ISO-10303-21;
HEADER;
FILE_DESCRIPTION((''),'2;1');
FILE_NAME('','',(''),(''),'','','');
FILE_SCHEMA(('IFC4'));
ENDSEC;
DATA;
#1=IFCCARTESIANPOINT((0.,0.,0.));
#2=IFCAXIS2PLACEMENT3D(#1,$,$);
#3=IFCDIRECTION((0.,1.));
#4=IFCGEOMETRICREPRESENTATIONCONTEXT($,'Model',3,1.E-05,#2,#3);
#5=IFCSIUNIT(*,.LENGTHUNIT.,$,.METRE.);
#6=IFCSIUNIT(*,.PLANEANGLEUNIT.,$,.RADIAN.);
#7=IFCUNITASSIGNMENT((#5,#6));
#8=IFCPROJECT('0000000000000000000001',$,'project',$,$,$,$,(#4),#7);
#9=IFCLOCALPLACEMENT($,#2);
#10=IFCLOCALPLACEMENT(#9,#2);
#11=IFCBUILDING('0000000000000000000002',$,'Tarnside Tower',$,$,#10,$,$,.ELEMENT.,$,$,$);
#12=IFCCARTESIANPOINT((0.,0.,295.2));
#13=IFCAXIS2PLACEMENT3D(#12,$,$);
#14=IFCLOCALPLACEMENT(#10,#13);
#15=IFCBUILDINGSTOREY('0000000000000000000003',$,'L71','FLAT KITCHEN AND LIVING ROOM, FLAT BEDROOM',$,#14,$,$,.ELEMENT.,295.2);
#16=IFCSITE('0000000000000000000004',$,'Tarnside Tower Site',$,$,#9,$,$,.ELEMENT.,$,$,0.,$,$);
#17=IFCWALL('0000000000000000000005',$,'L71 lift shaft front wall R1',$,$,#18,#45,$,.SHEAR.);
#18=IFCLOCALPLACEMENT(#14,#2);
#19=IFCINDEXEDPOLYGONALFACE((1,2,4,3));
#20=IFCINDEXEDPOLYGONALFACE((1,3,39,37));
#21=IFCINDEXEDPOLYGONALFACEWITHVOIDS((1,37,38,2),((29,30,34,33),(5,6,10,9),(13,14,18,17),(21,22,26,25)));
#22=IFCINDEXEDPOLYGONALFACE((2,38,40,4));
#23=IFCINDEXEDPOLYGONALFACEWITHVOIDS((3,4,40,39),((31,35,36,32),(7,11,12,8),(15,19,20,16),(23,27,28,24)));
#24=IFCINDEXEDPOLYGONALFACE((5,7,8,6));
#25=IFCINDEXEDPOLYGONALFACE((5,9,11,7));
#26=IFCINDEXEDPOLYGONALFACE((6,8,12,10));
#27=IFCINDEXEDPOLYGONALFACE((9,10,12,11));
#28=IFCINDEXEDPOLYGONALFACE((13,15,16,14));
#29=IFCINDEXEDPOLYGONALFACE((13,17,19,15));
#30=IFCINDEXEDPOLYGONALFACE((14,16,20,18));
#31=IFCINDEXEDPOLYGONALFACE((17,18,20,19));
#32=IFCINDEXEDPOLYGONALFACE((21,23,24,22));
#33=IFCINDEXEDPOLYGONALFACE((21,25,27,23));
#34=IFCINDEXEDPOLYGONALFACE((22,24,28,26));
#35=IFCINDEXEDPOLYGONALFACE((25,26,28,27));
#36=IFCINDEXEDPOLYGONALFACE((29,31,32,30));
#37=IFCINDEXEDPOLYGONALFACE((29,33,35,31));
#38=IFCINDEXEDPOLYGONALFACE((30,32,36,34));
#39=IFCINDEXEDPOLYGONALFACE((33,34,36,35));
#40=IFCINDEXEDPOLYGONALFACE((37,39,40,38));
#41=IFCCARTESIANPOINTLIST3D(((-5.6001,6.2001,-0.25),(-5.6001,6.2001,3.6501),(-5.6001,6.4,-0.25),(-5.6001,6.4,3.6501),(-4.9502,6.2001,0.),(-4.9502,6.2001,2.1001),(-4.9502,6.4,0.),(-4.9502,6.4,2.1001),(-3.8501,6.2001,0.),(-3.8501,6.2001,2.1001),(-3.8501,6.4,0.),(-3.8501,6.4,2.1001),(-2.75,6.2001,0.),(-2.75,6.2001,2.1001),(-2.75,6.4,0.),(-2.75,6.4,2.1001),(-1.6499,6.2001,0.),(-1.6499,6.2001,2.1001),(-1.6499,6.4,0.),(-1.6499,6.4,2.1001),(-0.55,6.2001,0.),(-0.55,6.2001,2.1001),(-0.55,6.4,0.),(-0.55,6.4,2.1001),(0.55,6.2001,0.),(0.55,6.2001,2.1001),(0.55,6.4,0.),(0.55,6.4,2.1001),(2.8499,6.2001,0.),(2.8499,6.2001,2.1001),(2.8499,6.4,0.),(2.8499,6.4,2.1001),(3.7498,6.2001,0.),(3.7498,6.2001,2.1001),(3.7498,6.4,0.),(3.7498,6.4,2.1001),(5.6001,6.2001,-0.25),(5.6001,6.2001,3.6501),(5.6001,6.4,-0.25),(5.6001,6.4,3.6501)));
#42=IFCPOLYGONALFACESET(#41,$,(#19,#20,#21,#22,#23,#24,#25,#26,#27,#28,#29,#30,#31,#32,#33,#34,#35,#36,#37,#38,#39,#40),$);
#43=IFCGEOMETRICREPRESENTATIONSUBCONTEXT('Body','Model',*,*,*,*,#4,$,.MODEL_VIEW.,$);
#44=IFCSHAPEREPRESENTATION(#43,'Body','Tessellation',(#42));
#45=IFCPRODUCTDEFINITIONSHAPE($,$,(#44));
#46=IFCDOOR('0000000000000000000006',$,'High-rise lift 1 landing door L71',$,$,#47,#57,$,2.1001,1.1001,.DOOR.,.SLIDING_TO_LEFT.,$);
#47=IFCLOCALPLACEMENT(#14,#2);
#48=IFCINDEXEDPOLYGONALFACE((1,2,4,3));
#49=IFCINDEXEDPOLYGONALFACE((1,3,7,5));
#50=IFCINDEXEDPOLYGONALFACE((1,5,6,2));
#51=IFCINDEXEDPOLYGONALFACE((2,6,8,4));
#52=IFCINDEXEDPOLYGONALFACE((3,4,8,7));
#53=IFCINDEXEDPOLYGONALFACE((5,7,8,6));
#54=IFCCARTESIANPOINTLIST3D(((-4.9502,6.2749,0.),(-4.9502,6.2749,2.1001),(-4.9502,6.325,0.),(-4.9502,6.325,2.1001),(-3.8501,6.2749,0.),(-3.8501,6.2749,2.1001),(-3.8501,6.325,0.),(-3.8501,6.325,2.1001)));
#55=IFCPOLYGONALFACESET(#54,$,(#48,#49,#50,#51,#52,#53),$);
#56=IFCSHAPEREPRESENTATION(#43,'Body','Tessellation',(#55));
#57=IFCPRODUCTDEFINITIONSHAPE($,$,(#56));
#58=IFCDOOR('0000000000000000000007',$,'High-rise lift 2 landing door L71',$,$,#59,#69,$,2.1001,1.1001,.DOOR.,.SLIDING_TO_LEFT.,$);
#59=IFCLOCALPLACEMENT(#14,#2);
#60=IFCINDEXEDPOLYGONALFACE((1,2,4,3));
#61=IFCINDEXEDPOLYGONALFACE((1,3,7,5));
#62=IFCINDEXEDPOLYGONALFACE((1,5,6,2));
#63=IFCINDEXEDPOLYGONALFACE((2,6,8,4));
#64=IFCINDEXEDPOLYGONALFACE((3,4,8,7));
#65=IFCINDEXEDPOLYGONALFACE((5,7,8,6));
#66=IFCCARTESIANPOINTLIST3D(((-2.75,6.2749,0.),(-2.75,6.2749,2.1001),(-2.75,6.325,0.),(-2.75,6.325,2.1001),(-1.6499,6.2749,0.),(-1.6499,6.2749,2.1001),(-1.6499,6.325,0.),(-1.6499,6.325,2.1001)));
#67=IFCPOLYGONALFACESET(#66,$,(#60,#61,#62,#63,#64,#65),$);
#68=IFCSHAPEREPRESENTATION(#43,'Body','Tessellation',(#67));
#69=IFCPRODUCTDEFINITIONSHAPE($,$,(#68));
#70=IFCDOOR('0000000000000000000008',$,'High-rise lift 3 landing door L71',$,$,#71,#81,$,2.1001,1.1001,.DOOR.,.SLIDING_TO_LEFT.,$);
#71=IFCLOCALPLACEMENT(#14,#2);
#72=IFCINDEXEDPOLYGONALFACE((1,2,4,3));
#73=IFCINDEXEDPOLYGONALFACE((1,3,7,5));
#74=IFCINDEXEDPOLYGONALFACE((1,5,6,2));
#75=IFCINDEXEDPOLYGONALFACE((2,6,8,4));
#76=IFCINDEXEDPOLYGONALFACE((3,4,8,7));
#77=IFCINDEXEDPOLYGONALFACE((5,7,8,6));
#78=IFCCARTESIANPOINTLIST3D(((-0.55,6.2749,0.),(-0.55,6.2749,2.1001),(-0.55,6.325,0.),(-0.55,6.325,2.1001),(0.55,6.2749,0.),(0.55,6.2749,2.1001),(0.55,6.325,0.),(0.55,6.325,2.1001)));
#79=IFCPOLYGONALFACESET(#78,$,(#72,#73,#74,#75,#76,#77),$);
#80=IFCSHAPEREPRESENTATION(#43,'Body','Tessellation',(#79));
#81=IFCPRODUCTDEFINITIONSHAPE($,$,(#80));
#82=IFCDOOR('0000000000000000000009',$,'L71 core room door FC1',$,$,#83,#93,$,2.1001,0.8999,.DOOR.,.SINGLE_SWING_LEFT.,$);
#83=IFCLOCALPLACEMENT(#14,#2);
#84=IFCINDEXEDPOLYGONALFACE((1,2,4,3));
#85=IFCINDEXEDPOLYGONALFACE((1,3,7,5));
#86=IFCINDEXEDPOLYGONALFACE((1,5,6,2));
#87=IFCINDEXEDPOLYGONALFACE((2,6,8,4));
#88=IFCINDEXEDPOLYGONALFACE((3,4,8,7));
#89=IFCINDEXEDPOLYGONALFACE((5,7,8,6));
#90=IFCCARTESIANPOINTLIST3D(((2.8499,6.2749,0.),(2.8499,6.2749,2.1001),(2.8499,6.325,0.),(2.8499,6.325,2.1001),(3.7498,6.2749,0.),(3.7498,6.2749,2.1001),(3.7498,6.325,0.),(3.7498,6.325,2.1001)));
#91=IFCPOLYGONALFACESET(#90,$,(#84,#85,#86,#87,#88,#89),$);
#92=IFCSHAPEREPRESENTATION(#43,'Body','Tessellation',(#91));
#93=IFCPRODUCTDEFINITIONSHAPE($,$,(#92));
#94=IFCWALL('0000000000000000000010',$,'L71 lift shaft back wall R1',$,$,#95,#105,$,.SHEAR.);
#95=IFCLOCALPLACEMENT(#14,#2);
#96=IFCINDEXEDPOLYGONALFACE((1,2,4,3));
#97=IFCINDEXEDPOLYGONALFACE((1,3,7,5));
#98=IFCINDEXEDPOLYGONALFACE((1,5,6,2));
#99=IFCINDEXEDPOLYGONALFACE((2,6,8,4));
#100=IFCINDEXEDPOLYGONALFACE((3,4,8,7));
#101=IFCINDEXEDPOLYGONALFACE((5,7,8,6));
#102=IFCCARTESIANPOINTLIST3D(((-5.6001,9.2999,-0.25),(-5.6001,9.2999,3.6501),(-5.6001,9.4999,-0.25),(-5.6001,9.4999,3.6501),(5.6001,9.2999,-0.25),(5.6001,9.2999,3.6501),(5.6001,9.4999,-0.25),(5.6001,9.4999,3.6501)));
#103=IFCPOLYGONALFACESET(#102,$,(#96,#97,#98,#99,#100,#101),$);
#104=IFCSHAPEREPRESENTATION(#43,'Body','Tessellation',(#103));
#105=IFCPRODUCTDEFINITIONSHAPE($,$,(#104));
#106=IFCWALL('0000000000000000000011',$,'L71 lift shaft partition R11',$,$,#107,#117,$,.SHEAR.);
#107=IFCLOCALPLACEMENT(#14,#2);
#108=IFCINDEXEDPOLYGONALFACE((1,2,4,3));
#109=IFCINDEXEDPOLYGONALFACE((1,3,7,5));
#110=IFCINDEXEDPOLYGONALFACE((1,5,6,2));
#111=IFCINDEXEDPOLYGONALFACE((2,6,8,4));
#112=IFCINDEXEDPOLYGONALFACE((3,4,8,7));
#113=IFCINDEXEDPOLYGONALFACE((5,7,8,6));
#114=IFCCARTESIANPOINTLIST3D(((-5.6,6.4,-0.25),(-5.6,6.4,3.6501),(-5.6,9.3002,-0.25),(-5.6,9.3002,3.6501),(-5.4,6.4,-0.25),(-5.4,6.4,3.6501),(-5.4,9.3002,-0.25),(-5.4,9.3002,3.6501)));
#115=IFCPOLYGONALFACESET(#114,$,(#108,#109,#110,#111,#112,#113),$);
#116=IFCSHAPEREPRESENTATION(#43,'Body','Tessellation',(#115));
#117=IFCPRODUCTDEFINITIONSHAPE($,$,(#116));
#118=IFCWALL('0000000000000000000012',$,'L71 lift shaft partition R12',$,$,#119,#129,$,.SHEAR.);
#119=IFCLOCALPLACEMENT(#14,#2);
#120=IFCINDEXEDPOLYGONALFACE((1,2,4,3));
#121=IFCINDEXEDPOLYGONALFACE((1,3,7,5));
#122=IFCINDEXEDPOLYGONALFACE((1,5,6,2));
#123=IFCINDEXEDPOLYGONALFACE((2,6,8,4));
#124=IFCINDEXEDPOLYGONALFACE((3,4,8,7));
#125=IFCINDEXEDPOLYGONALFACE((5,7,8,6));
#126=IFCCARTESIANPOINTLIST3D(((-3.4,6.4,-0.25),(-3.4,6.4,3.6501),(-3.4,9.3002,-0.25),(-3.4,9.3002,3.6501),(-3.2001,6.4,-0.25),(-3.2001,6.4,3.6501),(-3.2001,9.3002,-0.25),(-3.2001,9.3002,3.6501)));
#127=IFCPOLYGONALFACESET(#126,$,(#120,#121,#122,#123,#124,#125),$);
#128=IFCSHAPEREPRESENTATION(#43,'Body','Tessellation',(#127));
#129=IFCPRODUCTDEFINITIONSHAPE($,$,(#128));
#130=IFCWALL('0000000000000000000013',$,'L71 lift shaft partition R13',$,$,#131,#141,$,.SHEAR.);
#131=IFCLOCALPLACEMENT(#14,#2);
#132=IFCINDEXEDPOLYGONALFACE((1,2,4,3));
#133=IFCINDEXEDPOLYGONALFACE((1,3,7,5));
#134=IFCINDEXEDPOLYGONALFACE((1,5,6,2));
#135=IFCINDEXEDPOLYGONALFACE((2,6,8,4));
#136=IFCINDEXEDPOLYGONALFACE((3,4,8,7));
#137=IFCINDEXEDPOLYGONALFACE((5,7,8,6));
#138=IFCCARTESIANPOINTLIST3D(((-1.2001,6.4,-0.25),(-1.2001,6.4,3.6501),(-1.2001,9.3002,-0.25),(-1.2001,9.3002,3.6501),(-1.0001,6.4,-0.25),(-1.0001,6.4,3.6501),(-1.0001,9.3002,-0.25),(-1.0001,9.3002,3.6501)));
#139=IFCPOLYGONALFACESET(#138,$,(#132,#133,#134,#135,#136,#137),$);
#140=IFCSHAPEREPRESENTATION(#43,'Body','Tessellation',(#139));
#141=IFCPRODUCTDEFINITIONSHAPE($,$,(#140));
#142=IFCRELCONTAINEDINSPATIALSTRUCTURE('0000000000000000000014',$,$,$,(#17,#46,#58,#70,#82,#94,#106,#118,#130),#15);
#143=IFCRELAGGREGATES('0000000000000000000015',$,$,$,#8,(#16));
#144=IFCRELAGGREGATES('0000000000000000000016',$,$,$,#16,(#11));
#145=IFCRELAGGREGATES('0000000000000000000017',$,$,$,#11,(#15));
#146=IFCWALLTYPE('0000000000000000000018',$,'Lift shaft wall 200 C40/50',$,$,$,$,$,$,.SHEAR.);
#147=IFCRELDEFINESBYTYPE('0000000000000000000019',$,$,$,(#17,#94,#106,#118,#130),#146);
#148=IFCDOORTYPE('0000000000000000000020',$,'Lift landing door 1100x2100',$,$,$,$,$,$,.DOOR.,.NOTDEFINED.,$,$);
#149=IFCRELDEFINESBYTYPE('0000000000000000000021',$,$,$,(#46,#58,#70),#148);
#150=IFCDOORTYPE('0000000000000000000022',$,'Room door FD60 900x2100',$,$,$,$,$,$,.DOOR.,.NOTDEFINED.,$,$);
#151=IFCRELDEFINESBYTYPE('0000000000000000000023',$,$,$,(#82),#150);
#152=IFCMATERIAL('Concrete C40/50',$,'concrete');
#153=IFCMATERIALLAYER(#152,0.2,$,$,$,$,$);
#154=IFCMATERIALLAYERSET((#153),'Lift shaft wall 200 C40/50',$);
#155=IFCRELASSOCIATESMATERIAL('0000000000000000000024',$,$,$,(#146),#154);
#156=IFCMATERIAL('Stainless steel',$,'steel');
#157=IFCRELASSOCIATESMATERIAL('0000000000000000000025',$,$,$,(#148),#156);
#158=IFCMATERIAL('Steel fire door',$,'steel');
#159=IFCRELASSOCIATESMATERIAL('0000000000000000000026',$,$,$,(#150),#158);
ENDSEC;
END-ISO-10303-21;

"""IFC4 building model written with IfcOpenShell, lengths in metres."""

from ifc_helpers import new_model, si_unit, direction, frame, frame_2d, origin, place, context, subcontext, project, spatial, rectangle, extrude, material, layer, layer_set, type_object, element, fill, save


model = new_model("IFC4")

# Units and contexts
model_context = context("Model", 3, precision=1e-05, world=origin(), true_north=direction((0.0, 1.0)))
body_context = subcontext(model_context, "Body", "Model", "MODEL_VIEW")
ifc_project = project(units=[si_unit("LENGTHUNIT", "METRE"), si_unit("PLANEANGLEUNIT", "RADIAN")], contexts=[model_context])

# Site, building, storey
site_placement = place(None, origin())
site = spatial("IfcSite", under=ifc_project, at=site_placement, Name="Tarnside Tower Site", CompositionType="ELEMENT", RefElevation=0.0)
building_placement = place(site_placement, origin())
building = spatial("IfcBuilding", under=site, at=building_placement, Name="Tarnside Tower", CompositionType="ELEMENT")
storey_placement = place(building_placement, frame((0.0, 0.0, 295.2)))
storey = spatial("IfcBuildingStorey", under=building, at=storey_placement, Name="L71", Description="FLAT KITCHEN AND LIVING ROOM, FLAT BEDROOM", CompositionType="ELEMENT", Elevation=295.2)

# Shared definitions
ifc_material_1 = material(Name="Steel fire door", Category="steel")

# Wall, openings, doors
ifc_material_2 = material(Name="Concrete C40/50", Category="concrete")
ifc_layer_1 = layer(ifc_material_2, 0.2)
ifc_layer_set_1 = layer_set([ifc_layer_1], Name="Lift shaft wall 200 C40/50")
wall_type_1 = type_object("IfcWallType", Name="Lift shaft wall 200 C40/50", PredefinedType="SHEAR", material=ifc_layer_set_1)
wall_1_placement = place(storey_placement, frame((-5.6001, 6.3, -0.25), z_axis=(0.0, 0.0, 1.0), x_axis=(1.0, 0.0, 0.0)))
wall_1 = element("IfcWall", 1, at=wall_1_placement, inside=storey, type_object=wall_type_1, Name="L71 lift shaft front wall R1", PredefinedType="SHEAR", context=body_context, shape_type="SweptSolid", body=[
    extrude(rectangle(XDim=11.2002, YDim=0.2, at=frame_2d((5.6001, 0.0))), origin(), (0.0, 0.0, 1.0), 3.9001),
])
opening_1_placement = place(wall_1_placement, frame((8.45, 0.0, 0.25)))
opening_1 = element("IfcOpeningElement", 2, at=opening_1_placement, cuts=wall_1, PredefinedType="OPENING", context=body_context, shape_type="SweptSolid", body=[
    extrude(rectangle(XDim=0.8999, YDim=2.1001, at=frame_2d((0.45, 1.05))), frame((0.0, 0.1099, 0.0), z_axis=(0.0, -1.0, 0.0), x_axis=(1.0, 0.0, 0.0)), (0.0, 0.0, 1.0), 0.22),
])
opening_2_placement = place(wall_1_placement, frame((0.6499, 0.0, 0.25)))
opening_2 = element("IfcOpeningElement", 3, at=opening_2_placement, cuts=wall_1, PredefinedType="OPENING", context=body_context, shape_type="SweptSolid", body=[
    extrude(rectangle(XDim=1.1001, YDim=2.1001, at=frame_2d((0.55, 1.05))), frame((0.0, 0.1099, 0.0), z_axis=(0.0, -1.0, 0.0), x_axis=(1.0, 0.0, 0.0)), (0.0, 0.0, 1.0), 0.22),
])
opening_3_placement = place(wall_1_placement, frame((2.8501, 0.0, 0.25)))
opening_3 = element("IfcOpeningElement", 4, at=opening_3_placement, cuts=wall_1, PredefinedType="OPENING", context=body_context, shape_type="SweptSolid", body=[
    extrude(rectangle(XDim=1.1001, YDim=2.1001, at=frame_2d((0.55, 1.05))), frame((0.0, 0.1099, 0.0), z_axis=(0.0, -1.0, 0.0), x_axis=(1.0, 0.0, 0.0)), (0.0, 0.0, 1.0), 0.22),
])
opening_4_placement = place(wall_1_placement, frame((5.05, 0.0, 0.25)))
opening_4 = element("IfcOpeningElement", 5, at=opening_4_placement, cuts=wall_1, PredefinedType="OPENING", context=body_context, shape_type="SweptSolid", body=[
    extrude(rectangle(XDim=1.1001, YDim=2.1001, at=frame_2d((0.55, 1.05))), frame((0.0, 0.1099, 0.0), z_axis=(0.0, -1.0, 0.0), x_axis=(1.0, 0.0, 0.0)), (0.0, 0.0, 1.0), 0.22),
])
ifc_material_3 = material(Name="Stainless steel", Category="steel")
door_type_1 = type_object("IfcDoorType", Name="Lift landing door 1100x2100", OperationType="NOTDEFINED", PredefinedType="DOOR", material=ifc_material_3)
door_1_placement = place(opening_2_placement, origin())
door_1 = element("IfcDoor", 6, at=door_1_placement, inside=storey, type_object=door_type_1, Name="High-rise lift 1 landing door L71", OperationType="SLIDING_TO_LEFT", OverallHeight=2.1001, OverallWidth=1.1001, PredefinedType="DOOR", context=body_context, shape_type="SweptSolid", body=[
    extrude(rectangle(XDim=1.1001, YDim=2.1001, at=frame_2d((0.55, 1.05))), frame((0.0, 0.0249, 0.0), z_axis=(0.0, -1.0, 0.0), x_axis=(1.0, 0.0, 0.0)), (0.0, 0.0, 1.0), 0.05),
])
fill(opening_2, door_1)
door_2_placement = place(opening_3_placement, origin())
door_2 = element("IfcDoor", 7, at=door_2_placement, inside=storey, type_object=door_type_1, Name="High-rise lift 2 landing door L71", OperationType="SLIDING_TO_LEFT", OverallHeight=2.1001, OverallWidth=1.1001, PredefinedType="DOOR", context=body_context, shape_type="SweptSolid", body=[
    extrude(rectangle(XDim=1.1001, YDim=2.1001, at=frame_2d((0.55, 1.05))), frame((0.0, 0.0249, 0.0), z_axis=(0.0, -1.0, 0.0), x_axis=(1.0, 0.0, 0.0)), (0.0, 0.0, 1.0), 0.05),
])
fill(opening_3, door_2)
door_3_placement = place(opening_4_placement, origin())
door_3 = element("IfcDoor", 8, at=door_3_placement, inside=storey, type_object=door_type_1, Name="High-rise lift 3 landing door L71", OperationType="SLIDING_TO_LEFT", OverallHeight=2.1001, OverallWidth=1.1001, PredefinedType="DOOR", context=body_context, shape_type="SweptSolid", body=[
    extrude(rectangle(XDim=1.1001, YDim=2.1001, at=frame_2d((0.55, 1.05))), frame((0.0, 0.0249, 0.0), z_axis=(0.0, -1.0, 0.0), x_axis=(1.0, 0.0, 0.0)), (0.0, 0.0, 1.0), 0.05),
])
fill(opening_4, door_3)
door_type_2 = type_object("IfcDoorType", Name="Room door FD60 900x2100", OperationType="NOTDEFINED", PredefinedType="DOOR", material=ifc_material_1)
door_4_placement = place(opening_1_placement, origin())
door_4 = element("IfcDoor", 9, at=door_4_placement, inside=storey, type_object=door_type_2, Name="L71 core room door FC1", OperationType="SINGLE_SWING_LEFT", OverallHeight=2.1001, OverallWidth=0.8999, PredefinedType="DOOR", context=body_context, shape_type="SweptSolid", body=[
    extrude(rectangle(XDim=0.8999, YDim=2.1001, at=frame_2d((0.45, 1.05))), frame((0.0, 0.0249, 0.0), z_axis=(0.0, -1.0, 0.0), x_axis=(1.0, 0.0, 0.0)), (0.0, 0.0, 1.0), 0.05),
])
fill(opening_1, door_4)

# Walls
wall_2_placement = place(storey_placement, frame((-5.6001, 9.3999, -0.25), z_axis=(0.0, 0.0, 1.0), x_axis=(1.0, 0.0, 0.0)))
element("IfcWall", 10, at=wall_2_placement, inside=storey, type_object=wall_type_1, Name="L71 lift shaft back wall R1", PredefinedType="SHEAR", context=body_context, shape_type="SweptSolid", body=[
    extrude(rectangle(XDim=11.2002, YDim=0.2, at=frame_2d((5.6001, 0.0))), origin(), (0.0, 0.0, 1.0), 3.9001),
])
for number, where, z_axis, x_axis, name in (
    (11, (-5.5, 6.3999, -0.25), (0.0, 0.0, 1.0), (0.0, 1.0, 0.0), "L71 lift shaft partition R11"),
    (12, (-3.3, 6.3999, -0.25), (0.0, 0.0, 1.0), (0.0, 1.0, 0.0), "L71 lift shaft partition R12"),
    (13, (-1.1001, 6.3999, -0.25), (0.0, 0.0, 1.0), (0.0, 1.0, 0.0), "L71 lift shaft partition R13"),
):
    element("IfcWall", number, at=place(storey_placement, frame(where, z_axis=z_axis, x_axis=x_axis)), inside=storey, type_object=wall_type_1, Name=name, PredefinedType="SHEAR", context=body_context, shape_type="SweptSolid", body=[
        extrude(rectangle(XDim=2.9001, YDim=0.2, at=frame_2d((1.4502, 0.0))), origin(), (0.0, 0.0, 1.0), 3.9001),
    ])

save(model, "model.ifc")
